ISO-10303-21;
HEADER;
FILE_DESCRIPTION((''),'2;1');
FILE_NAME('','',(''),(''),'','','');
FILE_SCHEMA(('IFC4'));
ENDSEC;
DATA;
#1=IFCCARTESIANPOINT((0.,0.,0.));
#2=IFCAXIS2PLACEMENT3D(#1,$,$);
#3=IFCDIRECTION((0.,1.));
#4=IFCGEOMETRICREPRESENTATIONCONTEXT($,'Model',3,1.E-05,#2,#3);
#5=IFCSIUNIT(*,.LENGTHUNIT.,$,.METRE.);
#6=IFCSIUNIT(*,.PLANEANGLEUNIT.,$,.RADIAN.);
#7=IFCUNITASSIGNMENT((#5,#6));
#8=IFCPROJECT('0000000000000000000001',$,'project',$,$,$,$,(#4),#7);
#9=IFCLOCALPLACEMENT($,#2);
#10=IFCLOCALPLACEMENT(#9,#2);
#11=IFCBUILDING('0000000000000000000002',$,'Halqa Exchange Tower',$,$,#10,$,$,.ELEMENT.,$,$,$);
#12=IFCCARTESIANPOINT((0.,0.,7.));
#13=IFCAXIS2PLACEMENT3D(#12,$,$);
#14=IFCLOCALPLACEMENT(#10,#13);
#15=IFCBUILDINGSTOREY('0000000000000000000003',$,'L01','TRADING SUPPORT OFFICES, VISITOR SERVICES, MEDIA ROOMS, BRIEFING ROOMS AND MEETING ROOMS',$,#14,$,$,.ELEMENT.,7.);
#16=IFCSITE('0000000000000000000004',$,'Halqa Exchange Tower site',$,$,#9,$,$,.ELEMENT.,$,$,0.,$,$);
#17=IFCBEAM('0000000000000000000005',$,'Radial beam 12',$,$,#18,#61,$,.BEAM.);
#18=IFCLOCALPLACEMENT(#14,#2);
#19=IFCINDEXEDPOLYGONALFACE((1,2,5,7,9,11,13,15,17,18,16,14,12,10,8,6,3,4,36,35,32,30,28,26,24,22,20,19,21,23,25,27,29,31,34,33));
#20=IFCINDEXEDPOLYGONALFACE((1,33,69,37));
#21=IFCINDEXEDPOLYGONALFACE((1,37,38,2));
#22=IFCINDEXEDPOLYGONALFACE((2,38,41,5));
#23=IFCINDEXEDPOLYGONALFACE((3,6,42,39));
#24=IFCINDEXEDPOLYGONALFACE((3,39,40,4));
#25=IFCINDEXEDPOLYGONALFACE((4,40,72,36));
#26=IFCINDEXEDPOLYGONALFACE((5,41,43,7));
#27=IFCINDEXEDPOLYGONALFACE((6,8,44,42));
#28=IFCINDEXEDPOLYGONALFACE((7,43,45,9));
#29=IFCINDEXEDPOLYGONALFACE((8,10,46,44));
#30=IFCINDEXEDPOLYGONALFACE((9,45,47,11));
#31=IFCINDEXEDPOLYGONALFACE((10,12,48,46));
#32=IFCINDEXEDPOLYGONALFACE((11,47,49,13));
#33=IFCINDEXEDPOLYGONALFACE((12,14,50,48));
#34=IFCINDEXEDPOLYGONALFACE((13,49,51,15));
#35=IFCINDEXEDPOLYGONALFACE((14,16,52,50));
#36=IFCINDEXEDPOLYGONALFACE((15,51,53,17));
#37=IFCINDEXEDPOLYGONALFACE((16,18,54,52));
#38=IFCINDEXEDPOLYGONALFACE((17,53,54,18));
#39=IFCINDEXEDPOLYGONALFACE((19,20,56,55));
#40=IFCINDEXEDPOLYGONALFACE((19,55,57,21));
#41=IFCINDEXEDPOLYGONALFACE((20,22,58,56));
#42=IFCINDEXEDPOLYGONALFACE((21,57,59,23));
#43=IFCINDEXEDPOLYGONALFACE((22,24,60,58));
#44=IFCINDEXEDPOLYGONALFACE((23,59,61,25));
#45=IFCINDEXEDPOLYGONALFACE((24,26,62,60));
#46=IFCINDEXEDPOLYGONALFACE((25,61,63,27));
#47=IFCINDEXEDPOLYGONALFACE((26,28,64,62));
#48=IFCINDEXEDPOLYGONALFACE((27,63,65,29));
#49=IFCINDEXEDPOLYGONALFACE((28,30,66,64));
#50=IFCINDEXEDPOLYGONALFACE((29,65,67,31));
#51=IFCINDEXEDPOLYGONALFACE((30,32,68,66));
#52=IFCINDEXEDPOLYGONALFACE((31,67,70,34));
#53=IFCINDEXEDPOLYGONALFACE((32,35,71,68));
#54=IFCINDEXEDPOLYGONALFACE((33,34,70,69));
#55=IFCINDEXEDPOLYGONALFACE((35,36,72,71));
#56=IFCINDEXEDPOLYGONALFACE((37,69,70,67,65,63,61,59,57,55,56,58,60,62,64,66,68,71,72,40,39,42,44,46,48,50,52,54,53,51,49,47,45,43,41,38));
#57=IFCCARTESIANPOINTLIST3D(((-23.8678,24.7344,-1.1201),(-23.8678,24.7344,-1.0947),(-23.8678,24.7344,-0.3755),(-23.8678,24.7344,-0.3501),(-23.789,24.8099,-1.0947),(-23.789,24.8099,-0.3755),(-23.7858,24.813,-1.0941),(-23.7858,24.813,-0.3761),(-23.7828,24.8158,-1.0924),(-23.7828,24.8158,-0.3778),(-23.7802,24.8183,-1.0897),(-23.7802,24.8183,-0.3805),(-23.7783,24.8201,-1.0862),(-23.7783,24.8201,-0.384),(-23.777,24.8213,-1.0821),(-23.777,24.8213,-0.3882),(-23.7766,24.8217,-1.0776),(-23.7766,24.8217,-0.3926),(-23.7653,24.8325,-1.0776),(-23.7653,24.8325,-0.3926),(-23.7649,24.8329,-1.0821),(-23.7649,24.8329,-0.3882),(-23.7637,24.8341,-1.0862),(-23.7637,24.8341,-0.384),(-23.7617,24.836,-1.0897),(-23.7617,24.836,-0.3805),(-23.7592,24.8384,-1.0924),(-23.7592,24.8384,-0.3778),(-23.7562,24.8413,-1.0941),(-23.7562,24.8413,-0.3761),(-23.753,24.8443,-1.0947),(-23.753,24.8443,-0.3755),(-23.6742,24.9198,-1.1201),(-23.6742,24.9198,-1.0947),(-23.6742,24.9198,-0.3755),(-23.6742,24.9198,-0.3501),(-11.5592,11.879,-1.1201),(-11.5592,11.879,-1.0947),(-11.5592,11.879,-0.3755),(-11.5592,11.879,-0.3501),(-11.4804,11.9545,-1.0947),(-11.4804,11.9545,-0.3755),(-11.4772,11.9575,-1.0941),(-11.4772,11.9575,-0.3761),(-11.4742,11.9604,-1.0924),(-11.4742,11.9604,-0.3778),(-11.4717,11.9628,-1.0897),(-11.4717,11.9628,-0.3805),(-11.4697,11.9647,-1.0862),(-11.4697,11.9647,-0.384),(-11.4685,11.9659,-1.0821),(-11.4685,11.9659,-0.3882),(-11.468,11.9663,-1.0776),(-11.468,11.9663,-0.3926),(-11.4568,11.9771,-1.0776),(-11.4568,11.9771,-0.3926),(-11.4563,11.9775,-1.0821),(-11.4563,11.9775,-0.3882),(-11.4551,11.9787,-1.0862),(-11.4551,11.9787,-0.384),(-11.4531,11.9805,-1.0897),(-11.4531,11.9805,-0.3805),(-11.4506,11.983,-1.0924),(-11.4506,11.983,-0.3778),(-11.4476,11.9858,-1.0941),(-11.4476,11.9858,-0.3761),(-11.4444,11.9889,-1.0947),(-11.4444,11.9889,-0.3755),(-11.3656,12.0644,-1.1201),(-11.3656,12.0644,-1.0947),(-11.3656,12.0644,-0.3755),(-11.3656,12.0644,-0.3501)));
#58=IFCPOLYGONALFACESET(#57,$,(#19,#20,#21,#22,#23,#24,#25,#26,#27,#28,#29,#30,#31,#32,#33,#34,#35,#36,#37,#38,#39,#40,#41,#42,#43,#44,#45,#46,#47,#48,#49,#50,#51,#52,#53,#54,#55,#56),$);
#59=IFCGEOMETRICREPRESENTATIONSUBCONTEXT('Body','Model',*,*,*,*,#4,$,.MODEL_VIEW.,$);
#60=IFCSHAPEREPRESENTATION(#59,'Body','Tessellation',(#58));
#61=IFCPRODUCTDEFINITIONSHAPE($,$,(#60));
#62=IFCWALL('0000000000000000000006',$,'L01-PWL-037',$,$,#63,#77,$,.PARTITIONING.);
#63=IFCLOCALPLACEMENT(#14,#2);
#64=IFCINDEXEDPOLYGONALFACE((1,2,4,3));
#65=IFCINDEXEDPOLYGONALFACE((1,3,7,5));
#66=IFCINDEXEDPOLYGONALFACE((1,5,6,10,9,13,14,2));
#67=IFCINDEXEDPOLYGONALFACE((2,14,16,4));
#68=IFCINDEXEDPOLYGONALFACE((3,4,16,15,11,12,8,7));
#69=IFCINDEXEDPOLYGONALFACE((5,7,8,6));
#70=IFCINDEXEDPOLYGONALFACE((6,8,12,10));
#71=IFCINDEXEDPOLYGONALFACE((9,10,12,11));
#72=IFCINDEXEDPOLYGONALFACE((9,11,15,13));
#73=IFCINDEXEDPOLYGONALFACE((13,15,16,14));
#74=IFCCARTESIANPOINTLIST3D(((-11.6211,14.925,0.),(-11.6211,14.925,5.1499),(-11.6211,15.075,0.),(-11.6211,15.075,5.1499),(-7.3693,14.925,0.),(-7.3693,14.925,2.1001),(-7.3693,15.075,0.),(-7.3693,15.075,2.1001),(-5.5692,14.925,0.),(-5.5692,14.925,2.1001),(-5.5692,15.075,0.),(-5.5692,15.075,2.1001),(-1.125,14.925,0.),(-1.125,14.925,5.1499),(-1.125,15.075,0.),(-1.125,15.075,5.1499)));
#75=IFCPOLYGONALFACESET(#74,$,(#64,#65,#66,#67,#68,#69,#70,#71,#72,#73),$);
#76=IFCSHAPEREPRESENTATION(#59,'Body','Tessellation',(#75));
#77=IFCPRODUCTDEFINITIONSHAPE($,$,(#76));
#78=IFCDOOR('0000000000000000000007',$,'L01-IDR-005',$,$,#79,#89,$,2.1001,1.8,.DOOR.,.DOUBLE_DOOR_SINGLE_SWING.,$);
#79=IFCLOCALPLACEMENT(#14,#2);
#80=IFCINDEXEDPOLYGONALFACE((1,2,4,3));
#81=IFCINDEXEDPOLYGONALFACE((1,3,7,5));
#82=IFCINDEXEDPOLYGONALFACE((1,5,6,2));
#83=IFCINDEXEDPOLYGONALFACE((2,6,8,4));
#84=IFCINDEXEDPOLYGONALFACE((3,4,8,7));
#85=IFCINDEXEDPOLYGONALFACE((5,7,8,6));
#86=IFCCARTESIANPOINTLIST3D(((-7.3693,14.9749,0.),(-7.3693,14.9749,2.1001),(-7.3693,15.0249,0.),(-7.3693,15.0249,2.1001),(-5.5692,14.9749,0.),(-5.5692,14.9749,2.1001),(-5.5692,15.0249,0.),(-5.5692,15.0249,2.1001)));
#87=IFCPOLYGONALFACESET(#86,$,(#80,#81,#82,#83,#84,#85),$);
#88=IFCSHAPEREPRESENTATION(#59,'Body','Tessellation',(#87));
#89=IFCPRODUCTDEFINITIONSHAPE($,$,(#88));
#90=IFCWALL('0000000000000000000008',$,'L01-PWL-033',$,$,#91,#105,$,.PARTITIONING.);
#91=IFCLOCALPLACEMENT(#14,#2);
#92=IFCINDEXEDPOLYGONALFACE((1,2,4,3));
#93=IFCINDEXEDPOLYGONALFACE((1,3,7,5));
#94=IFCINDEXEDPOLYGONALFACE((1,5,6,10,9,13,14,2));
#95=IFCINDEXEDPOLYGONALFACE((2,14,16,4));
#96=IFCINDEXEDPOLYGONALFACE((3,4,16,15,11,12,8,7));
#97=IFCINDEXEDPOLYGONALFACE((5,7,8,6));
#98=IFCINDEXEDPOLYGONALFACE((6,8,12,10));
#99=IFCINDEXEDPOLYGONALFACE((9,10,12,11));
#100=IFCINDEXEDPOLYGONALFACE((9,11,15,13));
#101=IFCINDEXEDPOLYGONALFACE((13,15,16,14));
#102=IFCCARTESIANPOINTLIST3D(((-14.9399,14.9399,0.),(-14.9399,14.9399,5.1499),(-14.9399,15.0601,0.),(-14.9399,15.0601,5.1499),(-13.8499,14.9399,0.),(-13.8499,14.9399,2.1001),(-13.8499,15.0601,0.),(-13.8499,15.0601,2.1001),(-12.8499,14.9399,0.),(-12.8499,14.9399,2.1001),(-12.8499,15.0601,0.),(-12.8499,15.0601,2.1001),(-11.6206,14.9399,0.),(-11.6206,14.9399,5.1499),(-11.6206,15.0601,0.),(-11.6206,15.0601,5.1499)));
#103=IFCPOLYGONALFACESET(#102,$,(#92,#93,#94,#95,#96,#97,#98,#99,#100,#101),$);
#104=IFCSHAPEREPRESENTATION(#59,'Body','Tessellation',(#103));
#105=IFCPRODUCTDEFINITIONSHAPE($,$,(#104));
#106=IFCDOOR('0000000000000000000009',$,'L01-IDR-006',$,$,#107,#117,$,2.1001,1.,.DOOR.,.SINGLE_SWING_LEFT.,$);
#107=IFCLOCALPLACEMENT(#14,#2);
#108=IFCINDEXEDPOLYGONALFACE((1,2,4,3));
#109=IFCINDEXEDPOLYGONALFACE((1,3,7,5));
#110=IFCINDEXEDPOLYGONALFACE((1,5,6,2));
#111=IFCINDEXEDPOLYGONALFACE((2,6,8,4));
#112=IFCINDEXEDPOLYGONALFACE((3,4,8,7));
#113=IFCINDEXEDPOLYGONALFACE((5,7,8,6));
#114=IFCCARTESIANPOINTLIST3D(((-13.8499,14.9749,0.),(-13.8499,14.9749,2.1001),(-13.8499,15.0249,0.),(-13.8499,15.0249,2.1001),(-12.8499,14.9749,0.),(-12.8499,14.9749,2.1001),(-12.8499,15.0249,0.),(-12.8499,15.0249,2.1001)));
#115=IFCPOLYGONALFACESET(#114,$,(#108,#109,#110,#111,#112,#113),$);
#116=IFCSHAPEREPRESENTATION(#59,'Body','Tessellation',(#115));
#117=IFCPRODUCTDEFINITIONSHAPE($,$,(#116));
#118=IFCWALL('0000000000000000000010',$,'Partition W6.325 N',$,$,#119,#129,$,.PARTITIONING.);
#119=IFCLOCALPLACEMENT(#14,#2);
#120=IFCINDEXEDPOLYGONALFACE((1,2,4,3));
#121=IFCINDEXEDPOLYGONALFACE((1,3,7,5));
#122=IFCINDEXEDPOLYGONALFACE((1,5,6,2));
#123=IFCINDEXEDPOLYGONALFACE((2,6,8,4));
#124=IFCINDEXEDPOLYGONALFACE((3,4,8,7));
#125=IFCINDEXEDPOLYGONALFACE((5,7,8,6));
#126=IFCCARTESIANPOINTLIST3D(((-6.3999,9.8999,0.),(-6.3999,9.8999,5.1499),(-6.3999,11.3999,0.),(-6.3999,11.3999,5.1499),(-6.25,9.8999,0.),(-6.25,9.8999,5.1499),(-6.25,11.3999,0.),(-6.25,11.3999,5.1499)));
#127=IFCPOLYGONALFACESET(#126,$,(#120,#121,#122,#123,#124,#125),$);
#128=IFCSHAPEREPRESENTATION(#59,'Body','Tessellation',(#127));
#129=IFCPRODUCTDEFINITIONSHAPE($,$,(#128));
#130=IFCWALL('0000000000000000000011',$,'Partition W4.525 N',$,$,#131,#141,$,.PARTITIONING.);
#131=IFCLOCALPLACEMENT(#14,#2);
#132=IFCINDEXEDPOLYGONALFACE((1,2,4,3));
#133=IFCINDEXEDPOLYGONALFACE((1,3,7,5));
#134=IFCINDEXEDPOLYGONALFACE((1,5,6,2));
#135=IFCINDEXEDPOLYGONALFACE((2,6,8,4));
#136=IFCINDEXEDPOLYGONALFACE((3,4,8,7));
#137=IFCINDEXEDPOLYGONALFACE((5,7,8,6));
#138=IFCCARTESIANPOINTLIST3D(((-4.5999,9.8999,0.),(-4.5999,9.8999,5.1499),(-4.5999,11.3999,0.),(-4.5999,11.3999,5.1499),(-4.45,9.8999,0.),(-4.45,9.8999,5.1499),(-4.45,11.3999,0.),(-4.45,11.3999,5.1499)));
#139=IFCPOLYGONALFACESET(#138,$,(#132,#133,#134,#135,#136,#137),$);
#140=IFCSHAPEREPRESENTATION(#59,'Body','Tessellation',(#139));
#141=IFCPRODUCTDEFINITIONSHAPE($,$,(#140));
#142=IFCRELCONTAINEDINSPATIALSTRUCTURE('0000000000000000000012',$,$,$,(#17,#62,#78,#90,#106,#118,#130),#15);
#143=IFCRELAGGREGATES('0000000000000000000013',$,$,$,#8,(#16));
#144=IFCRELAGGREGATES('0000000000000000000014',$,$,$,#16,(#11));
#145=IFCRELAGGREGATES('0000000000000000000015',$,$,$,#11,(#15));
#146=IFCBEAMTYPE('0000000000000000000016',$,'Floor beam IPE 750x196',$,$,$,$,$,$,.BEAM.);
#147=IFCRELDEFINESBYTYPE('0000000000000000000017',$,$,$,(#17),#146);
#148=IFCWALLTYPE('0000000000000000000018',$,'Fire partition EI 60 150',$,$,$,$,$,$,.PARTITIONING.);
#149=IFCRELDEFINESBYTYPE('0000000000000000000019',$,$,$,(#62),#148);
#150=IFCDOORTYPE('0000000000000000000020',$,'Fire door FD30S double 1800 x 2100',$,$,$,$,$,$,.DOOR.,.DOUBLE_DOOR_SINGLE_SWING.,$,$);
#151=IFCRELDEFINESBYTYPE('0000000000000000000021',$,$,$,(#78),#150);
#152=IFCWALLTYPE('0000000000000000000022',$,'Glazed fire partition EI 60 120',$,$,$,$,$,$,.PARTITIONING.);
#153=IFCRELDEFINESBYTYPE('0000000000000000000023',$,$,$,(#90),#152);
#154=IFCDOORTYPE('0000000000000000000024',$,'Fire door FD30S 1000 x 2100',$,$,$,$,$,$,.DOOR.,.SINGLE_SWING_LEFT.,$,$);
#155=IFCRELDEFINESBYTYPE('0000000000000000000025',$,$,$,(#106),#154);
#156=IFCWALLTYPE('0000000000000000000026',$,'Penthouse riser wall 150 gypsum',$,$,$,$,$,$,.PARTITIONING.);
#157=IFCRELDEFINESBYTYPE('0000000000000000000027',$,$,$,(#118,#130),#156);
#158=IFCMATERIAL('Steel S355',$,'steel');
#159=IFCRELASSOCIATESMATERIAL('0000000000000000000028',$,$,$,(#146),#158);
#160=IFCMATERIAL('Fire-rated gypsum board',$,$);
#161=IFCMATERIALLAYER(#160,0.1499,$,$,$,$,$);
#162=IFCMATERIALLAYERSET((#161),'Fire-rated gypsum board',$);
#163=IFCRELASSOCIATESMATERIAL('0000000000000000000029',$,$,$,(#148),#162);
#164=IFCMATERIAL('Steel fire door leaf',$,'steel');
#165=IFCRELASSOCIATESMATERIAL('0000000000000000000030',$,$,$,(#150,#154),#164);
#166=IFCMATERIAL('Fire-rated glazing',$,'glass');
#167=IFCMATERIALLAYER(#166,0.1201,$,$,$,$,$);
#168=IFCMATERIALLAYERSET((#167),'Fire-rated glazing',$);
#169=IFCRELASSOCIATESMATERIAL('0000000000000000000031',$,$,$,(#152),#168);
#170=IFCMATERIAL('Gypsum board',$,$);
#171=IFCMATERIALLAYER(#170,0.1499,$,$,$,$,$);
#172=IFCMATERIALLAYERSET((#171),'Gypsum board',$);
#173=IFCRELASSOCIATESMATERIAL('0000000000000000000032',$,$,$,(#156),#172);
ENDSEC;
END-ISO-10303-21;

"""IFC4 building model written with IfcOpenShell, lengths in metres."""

from ifc_helpers import new_model, si_unit, direction, frame, frame_2d, origin, origin_2d, place, context, subcontext, project, spatial, rectangle, i_section, extrude, material, layer, layer_set, material_profile, profile_set, type_object, element, fill, save


model = new_model("IFC4")

# Units and contexts
model_context = context("Model", 3, precision=1e-05, world=origin(), true_north=direction((0.0, 1.0)))
body_context = subcontext(model_context, "Body", "Model", "MODEL_VIEW")
ifc_project = project(units=[si_unit("LENGTHUNIT", "METRE"), si_unit("PLANEANGLEUNIT", "RADIAN")], contexts=[model_context])

# Site, building, storey
site_placement = place(None, origin())
site = spatial("IfcSite", under=ifc_project, at=site_placement, Name="Halqa Exchange Tower site", CompositionType="ELEMENT", RefElevation=0.0)
building_placement = place(site_placement, origin())
building = spatial("IfcBuilding", under=site, at=building_placement, Name="Halqa Exchange Tower", CompositionType="ELEMENT")
storey_placement = place(building_placement, frame((0.0, 0.0, 7.0)))
storey = spatial("IfcBuildingStorey", under=building, at=storey_placement, Name="L01", Description="TRADING SUPPORT OFFICES, VISITOR SERVICES, MEDIA ROOMS, BRIEFING ROOMS AND MEETING ROOMS", CompositionType="ELEMENT", Elevation=7.0)

# Beam
ifc_material_1 = material(Name="Steel S355", Category="steel")
ifc_material_profile_1 = material_profile(ifc_material_1, i_section(OverallWidth=0.2681, OverallDepth=0.77, WebThickness=0.0156, FlangeThickness=0.0254, FilletRadius=0.0171, at=origin_2d()), Name="IPE 750x196")
ifc_profile_set_1 = profile_set([ifc_material_profile_1], Name="Steel S355")
beam_type_1 = type_object("IfcBeamType", Name="Floor beam IPE 750x196", PredefinedType="BEAM", material=ifc_profile_set_1)
beam_1_placement = place(storey_placement, frame((-11.4624, 11.9717, -0.7351), z_axis=(-0.691576, 0.722303, 0.0), x_axis=(-0.722303, -0.691576, 0.0)))
element("IfcBeam", 1, at=beam_1_placement, inside=storey, type_object=beam_type_1, Name="Radial beam 12", PredefinedType="BEAM", context=body_context, shape_type="SweptSolid", body=[
    extrude(i_section(OverallWidth=0.2681, OverallDepth=0.77, WebThickness=0.0156, FlangeThickness=0.0254, FilletRadius=0.0171, at=origin_2d()), origin(), (0.0, 0.0, 1.0), 17.7979),
])

# Walls, openings, doors
ifc_material_2 = material(Name="Fire-rated gypsum board")
ifc_layer_1 = layer(ifc_material_2, 0.1499)
ifc_layer_set_1 = layer_set([ifc_layer_1], Name="Fire-rated gypsum board")
wall_type_1 = type_object("IfcWallType", Name="Fire partition EI 60 150", PredefinedType="PARTITIONING", material=ifc_layer_set_1)
wall_1_placement = place(storey_placement, frame((-11.6211, 15.0, 0.0), z_axis=(0.0, 0.0, 1.0), x_axis=(1.0, 0.0, 0.0)))
wall_1 = element("IfcWall", 2, at=wall_1_placement, inside=storey, type_object=wall_type_1, Name="L01-PWL-037", PredefinedType="PARTITIONING", context=body_context, shape_type="SweptSolid", body=[
    extrude(rectangle(XDim=10.4961, YDim=0.1499, at=frame_2d((5.248, 0.0))), origin(), (0.0, 0.0, 1.0), 5.1499),
])
opening_1_placement = place(wall_1_placement, frame((4.252, 0.0, 0.0)))
opening_1 = element("IfcOpeningElement", 3, at=opening_1_placement, cuts=wall_1, PredefinedType="OPENING", context=body_context, shape_type="SweptSolid", body=[
    extrude(rectangle(XDim=1.8, YDim=2.1001, at=frame_2d((0.8999, 1.05))), frame((0.0, 0.0869, 0.0), z_axis=(0.0, -1.0, 0.0), x_axis=(1.0, 0.0, 0.0)), (0.0, 0.0, 1.0), 0.1738),
])
ifc_material_3 = material(Name="Steel fire door leaf", Category="steel")
door_type_1 = type_object("IfcDoorType", Name="Fire door FD30S double 1800 x 2100", OperationType="DOUBLE_DOOR_SINGLE_SWING", PredefinedType="DOOR", material=ifc_material_3)
door_1_placement = place(opening_1_placement, origin())
door_1 = element("IfcDoor", 4, at=door_1_placement, inside=storey, type_object=door_type_1, Name="L01-IDR-005", OperationType="DOUBLE_DOOR_SINGLE_SWING", OverallHeight=2.1001, OverallWidth=1.8, PredefinedType="DOOR", context=body_context, shape_type="SweptSolid", body=[
    extrude(rectangle(XDim=1.8, YDim=2.1001, at=frame_2d((0.8999, 1.05))), frame((0.0, 0.0249, 0.0), z_axis=(0.0, -1.0, 0.0), x_axis=(1.0, 0.0, 0.0)), (0.0, 0.0, 1.0), 0.05),
])
fill(opening_1, door_1)
ifc_material_4 = material(Name="Fire-rated glazing", Category="glass")
ifc_layer_2 = layer(ifc_material_4, 0.1201)
ifc_layer_set_2 = layer_set([ifc_layer_2], Name="Fire-rated glazing")
wall_type_2 = type_object("IfcWallType", Name="Glazed fire partition EI 60 120", PredefinedType="PARTITIONING", material=ifc_layer_set_2)
wall_2_placement = place(storey_placement, frame((-14.9399, 15.0, 0.0), z_axis=(0.0, 0.0, 1.0), x_axis=(1.0, 0.0, 0.0)))
wall_2 = element("IfcWall", 5, at=wall_2_placement, inside=storey, type_object=wall_type_2, Name="L01-PWL-033", PredefinedType="PARTITIONING", context=body_context, shape_type="SweptSolid", body=[
    extrude(rectangle(XDim=3.3193, YDim=0.1201, at=frame_2d((1.6597, 0.0))), origin(), (0.0, 0.0, 1.0), 5.1499),
])
opening_2_placement = place(wall_2_placement, frame((1.0901, 0.0, 0.0)))
opening_2 = element("IfcOpeningElement", 6, at=opening_2_placement, cuts=wall_2, PredefinedType="OPENING", context=body_context, shape_type="SweptSolid", body=[
    extrude(rectangle(XDim=1.0, YDim=2.1001, at=frame_2d((0.5, 1.05))), frame((0.0, 0.072, 0.0), z_axis=(0.0, -1.0, 0.0), x_axis=(1.0, 0.0, 0.0)), (0.0, 0.0, 1.0), 0.144),
])
door_type_2 = type_object("IfcDoorType", Name="Fire door FD30S 1000 x 2100", OperationType="SINGLE_SWING_LEFT", PredefinedType="DOOR", material=ifc_material_3)
door_2_placement = place(opening_2_placement, origin())
door_2 = element("IfcDoor", 7, at=door_2_placement, inside=storey, type_object=door_type_2, Name="L01-IDR-006", OperationType="SINGLE_SWING_LEFT", OverallHeight=2.1001, OverallWidth=1.0, PredefinedType="DOOR", context=body_context, shape_type="SweptSolid", body=[
    extrude(rectangle(XDim=1.0, YDim=2.1001, at=frame_2d((0.5, 1.05))), frame((0.0, 0.0249, 0.0), z_axis=(0.0, -1.0, 0.0), x_axis=(1.0, 0.0, 0.0)), (0.0, 0.0, 1.0), 0.05),
])
fill(opening_2, door_2)

# Walls
ifc_material_5 = material(Name="Gypsum board")
ifc_layer_3 = layer(ifc_material_5, 0.1499)
ifc_layer_set_3 = layer_set([ifc_layer_3], Name="Gypsum board")
wall_type_3 = type_object("IfcWallType", Name="Penthouse riser wall 150 gypsum", PredefinedType="PARTITIONING", material=ifc_layer_set_3)
for number, where, z_axis, x_axis, name in (
    (8, (-6.325, 9.8999, 0.0), (0.0, 0.0, 1.0), (0.0, 1.0, 0.0), "Partition W6.325 N"),
    (9, (-4.5249, 9.8999, 0.0), (0.0, 0.0, 1.0), (0.0, 1.0, 0.0), "Partition W4.525 N"),
):
    element("IfcWall", number, at=place(storey_placement, frame(where, z_axis=z_axis, x_axis=x_axis)), inside=storey, type_object=wall_type_3, Name=name, PredefinedType="PARTITIONING", context=body_context, shape_type="SweptSolid", body=[
        extrude(rectangle(XDim=1.5, YDim=0.1499, at=frame_2d((0.75, 0.0))), origin(), (0.0, 0.0, 1.0), 5.1499),
    ])

save(model, "model.ifc")
